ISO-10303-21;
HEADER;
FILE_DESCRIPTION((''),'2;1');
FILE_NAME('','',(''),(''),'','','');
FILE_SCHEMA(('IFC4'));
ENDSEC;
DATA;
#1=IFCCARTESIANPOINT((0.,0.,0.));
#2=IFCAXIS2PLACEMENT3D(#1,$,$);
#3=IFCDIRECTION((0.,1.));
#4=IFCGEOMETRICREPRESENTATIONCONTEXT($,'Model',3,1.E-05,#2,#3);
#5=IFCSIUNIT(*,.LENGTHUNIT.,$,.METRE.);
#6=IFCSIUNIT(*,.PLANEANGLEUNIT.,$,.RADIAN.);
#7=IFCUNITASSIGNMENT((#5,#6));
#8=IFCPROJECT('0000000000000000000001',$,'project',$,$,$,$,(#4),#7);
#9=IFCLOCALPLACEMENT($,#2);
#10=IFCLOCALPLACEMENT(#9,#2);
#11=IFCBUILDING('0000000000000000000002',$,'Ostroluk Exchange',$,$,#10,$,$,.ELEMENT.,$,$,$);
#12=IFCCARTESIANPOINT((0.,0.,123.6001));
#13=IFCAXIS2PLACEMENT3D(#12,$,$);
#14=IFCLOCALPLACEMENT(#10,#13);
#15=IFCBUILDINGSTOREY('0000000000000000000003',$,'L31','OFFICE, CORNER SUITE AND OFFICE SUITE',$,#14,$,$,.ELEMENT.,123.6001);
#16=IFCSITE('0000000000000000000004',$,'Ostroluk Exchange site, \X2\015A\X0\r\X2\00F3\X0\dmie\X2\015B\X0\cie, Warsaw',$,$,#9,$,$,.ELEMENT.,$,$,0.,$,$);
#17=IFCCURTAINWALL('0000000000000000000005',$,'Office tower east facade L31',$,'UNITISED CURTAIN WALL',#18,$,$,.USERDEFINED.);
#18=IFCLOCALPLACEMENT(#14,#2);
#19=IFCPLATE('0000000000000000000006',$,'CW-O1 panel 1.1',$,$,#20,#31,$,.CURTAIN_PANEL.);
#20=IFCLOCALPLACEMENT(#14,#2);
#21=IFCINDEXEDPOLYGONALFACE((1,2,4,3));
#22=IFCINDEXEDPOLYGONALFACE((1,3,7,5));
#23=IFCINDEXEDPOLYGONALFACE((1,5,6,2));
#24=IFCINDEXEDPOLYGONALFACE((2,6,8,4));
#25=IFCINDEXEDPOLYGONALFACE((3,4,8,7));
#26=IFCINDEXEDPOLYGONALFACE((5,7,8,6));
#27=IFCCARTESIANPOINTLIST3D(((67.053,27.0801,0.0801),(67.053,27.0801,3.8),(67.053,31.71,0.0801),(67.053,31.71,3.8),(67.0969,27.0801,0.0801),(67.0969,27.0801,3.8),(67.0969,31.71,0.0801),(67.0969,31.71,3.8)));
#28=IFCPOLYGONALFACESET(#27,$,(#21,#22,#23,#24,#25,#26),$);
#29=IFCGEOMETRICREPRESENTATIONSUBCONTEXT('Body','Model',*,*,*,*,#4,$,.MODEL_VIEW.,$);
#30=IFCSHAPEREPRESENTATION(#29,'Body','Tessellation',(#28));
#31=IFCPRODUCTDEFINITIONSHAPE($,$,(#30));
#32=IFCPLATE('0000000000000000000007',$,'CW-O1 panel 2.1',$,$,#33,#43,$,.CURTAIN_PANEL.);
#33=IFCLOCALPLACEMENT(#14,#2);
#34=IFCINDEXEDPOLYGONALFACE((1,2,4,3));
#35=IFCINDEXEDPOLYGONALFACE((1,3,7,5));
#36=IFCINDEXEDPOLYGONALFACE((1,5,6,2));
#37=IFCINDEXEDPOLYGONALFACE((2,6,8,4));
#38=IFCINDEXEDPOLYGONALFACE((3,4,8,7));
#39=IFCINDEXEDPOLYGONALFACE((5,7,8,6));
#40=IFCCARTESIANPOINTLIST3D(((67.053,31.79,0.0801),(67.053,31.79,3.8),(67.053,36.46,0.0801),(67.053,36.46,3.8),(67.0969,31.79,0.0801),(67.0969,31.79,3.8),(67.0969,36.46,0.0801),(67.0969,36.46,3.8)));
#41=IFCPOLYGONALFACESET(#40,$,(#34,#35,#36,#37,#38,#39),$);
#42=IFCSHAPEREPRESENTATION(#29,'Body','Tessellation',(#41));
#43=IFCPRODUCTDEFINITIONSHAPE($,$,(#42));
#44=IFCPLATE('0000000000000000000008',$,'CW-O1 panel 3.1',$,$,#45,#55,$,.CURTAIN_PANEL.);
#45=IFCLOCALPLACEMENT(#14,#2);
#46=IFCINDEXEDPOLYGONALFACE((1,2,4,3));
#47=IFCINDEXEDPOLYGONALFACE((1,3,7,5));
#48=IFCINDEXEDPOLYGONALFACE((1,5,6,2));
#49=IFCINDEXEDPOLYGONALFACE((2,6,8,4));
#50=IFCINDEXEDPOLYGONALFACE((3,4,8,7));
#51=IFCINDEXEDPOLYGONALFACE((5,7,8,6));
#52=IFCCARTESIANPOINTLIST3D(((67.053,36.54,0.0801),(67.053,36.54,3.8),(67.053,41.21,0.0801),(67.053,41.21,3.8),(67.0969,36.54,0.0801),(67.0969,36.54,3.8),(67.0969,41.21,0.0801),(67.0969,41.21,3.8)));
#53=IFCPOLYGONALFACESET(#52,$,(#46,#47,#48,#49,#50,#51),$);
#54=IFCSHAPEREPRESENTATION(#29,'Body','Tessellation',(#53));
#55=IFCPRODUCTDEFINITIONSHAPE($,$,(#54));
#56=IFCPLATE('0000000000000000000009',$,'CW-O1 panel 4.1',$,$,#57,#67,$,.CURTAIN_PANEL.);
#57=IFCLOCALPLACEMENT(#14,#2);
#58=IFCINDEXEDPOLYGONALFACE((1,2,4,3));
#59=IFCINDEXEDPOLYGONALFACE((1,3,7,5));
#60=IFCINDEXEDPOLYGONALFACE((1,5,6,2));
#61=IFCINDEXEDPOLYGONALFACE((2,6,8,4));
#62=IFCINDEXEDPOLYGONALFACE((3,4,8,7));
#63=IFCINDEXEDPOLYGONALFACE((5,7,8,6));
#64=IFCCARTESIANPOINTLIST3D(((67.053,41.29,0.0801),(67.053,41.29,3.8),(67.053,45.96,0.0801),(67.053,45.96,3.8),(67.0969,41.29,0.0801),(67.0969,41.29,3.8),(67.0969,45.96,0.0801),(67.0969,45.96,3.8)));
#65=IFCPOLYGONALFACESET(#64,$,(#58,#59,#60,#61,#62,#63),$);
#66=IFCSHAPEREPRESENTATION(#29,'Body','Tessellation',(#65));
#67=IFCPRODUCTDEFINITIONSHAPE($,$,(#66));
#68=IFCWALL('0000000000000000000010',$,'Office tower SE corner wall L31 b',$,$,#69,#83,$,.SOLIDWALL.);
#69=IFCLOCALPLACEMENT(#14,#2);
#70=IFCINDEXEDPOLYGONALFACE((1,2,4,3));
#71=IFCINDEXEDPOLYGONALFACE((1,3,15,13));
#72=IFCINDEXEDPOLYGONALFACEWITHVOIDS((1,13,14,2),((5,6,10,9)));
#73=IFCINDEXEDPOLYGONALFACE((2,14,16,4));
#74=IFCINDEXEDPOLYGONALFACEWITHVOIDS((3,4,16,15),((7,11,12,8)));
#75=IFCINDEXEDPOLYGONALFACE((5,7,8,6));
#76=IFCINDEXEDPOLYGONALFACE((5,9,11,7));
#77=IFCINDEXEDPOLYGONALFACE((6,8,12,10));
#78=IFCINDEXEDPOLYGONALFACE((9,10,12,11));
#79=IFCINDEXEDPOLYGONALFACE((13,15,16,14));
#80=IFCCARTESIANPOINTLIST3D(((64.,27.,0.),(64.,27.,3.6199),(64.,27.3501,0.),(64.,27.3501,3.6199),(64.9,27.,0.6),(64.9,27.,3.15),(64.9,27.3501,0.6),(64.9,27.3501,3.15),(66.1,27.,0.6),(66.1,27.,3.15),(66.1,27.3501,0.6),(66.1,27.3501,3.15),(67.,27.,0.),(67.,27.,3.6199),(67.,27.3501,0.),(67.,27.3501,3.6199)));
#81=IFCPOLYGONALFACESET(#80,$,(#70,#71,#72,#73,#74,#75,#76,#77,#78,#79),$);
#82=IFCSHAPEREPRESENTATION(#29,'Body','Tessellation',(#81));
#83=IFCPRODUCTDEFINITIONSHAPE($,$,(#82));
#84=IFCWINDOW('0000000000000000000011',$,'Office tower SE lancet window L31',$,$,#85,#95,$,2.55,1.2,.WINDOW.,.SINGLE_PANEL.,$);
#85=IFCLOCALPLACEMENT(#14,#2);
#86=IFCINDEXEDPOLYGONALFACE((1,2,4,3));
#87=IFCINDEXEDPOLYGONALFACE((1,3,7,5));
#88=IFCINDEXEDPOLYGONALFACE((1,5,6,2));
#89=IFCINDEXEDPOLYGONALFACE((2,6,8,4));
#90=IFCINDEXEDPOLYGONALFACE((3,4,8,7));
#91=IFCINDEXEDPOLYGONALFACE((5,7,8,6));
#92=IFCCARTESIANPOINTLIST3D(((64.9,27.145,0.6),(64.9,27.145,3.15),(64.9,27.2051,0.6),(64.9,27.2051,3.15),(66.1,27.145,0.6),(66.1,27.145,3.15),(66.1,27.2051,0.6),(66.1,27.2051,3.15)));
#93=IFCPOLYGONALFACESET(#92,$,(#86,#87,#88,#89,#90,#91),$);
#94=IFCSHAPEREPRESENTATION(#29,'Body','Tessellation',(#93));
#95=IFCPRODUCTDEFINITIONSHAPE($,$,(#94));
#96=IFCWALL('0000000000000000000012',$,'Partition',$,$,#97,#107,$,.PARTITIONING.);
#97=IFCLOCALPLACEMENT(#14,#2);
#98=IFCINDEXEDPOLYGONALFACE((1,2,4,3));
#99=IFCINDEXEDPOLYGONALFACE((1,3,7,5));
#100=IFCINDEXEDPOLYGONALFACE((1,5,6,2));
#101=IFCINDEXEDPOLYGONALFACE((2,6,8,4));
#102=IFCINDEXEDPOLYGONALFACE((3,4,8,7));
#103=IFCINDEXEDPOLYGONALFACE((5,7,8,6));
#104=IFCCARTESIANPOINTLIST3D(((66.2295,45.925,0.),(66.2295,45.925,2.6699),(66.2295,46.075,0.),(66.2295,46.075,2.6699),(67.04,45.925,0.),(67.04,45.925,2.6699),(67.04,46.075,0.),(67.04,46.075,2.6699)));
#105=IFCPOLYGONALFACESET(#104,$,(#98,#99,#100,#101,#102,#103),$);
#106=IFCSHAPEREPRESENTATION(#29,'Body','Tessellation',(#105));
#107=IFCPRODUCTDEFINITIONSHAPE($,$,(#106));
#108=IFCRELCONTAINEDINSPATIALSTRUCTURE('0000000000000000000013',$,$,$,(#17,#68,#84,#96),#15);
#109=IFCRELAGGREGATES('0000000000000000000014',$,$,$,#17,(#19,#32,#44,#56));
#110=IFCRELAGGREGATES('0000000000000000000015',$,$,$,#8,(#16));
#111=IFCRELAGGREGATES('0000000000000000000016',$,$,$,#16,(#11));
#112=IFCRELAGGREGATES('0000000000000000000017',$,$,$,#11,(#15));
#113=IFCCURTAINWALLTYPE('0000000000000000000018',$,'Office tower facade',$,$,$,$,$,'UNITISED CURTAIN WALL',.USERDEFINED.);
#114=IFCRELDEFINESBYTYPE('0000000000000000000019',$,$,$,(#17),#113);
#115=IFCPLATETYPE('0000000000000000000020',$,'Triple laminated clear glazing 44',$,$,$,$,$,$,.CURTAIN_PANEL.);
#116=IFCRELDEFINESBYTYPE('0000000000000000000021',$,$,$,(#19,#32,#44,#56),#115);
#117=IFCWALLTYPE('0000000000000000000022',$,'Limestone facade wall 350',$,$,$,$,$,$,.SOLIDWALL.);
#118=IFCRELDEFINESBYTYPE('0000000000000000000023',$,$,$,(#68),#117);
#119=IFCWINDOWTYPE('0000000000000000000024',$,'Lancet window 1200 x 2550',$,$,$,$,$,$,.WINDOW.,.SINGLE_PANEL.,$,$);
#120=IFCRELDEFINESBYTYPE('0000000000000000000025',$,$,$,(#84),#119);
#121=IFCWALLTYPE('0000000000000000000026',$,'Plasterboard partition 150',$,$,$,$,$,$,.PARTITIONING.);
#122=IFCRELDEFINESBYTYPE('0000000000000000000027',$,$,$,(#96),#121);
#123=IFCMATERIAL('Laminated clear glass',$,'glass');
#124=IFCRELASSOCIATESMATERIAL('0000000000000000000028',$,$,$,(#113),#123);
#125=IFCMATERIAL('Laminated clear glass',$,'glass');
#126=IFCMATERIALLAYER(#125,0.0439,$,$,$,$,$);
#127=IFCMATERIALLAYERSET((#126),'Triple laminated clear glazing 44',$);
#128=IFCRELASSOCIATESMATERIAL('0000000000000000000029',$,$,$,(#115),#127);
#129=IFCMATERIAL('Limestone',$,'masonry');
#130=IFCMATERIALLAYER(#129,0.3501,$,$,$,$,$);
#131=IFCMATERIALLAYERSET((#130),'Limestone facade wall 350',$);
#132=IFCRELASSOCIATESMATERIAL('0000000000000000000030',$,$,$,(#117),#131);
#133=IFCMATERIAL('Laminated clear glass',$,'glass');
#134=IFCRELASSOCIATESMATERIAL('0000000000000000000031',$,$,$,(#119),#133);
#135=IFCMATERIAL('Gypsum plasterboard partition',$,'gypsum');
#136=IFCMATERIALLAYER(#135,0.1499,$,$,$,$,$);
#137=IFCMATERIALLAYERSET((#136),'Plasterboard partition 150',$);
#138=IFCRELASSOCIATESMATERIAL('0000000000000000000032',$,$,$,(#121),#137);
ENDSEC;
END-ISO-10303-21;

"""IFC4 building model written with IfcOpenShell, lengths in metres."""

from ifc_helpers import new_model, si_unit, direction, frame, frame_2d, origin, origin_2d, place, context, subcontext, project, spatial, rectangle, extrude, material, layer, layer_set, type_object, element, fill, aggregate, save


model = new_model("IFC4")

# Units and contexts
model_context = context("Model", 3, precision=1e-05, world=origin(), true_north=direction((0.0, 1.0)))
body_context = subcontext(model_context, "Body", "Model", "MODEL_VIEW")
ifc_project = project(units=[si_unit("LENGTHUNIT", "METRE"), si_unit("PLANEANGLEUNIT", "RADIAN")], contexts=[model_context])

# Site, building, storey
site_placement = place(None, origin())
site = spatial("IfcSite", under=ifc_project, at=site_placement, Name="Ostroluk Exchange site, Śródmieście, Warsaw", CompositionType="ELEMENT", RefElevation=0.0)
building_placement = place(site_placement, origin())
building = spatial("IfcBuilding", under=site, at=building_placement, Name="Ostroluk Exchange", CompositionType="ELEMENT")
storey_placement = place(building_placement, frame((0.0, 0.0, 123.6001)))
storey = spatial("IfcBuildingStorey", under=building, at=storey_placement, Name="L31", Description="OFFICE, CORNER SUITE AND OFFICE SUITE", CompositionType="ELEMENT", Elevation=123.6001)

# Curtain wall
ifc_material_1 = material(Name="Laminated clear glass", Category="glass")
curtain_wall_type_1 = type_object("IfcCurtainWallType", Name="Office tower facade", ElementType="UNITISED CURTAIN WALL", PredefinedType="USERDEFINED", material=ifc_material_1)
curtain_wall_1_placement = place(storey_placement, origin())
curtain_wall_1 = element("IfcCurtainWall", 1, at=curtain_wall_1_placement, inside=storey, type_object=curtain_wall_type_1, Name="Office tower east facade L31", ObjectType="UNITISED CURTAIN WALL", PredefinedType="USERDEFINED")

# Plates
ifc_material_2 = material(Name="Laminated clear glass", Category="glass")
ifc_layer_1 = layer(ifc_material_2, 0.0439)
ifc_layer_set_1 = layer_set([ifc_layer_1], Name="Triple laminated clear glazing 44")
plate_type_1 = type_object("IfcPlateType", Name="Triple laminated clear glazing 44", PredefinedType="CURTAIN_PANEL", material=ifc_layer_set_1)
plate_1_placement = place(storey_placement, frame((67.075, 29.395, 0.0801), z_axis=(0.0, 0.0, 1.0), x_axis=(0.0, 1.0, 0.0)))
plate_1 = element("IfcPlate", 2, at=plate_1_placement, type_object=plate_type_1, Name="CW-O1 panel 1.1", PredefinedType="CURTAIN_PANEL", context=body_context, shape_type="SweptSolid", body=[
    extrude(rectangle(XDim=4.6299, YDim=0.0439, at=origin_2d()), origin(), (0.0, 0.0, 1.0), 3.72),
])
plate_2_placement = place(storey_placement, frame((67.075, 34.125, 0.0801), z_axis=(0.0, 0.0, 1.0), x_axis=(0.0, 1.0, 0.0)))
plate_2 = element("IfcPlate", 3, at=plate_2_placement, type_object=plate_type_1, Name="CW-O1 panel 2.1", PredefinedType="CURTAIN_PANEL", context=body_context, shape_type="SweptSolid", body=[
    extrude(rectangle(XDim=4.6699, YDim=0.0439, at=origin_2d()), origin(), (0.0, 0.0, 1.0), 3.72),
])
plate_3_placement = place(storey_placement, frame((67.075, 38.875, 0.0801), z_axis=(0.0, 0.0, 1.0), x_axis=(0.0, 1.0, 0.0)))
plate_3 = element("IfcPlate", 4, at=plate_3_placement, type_object=plate_type_1, Name="CW-O1 panel 3.1", PredefinedType="CURTAIN_PANEL", context=body_context, shape_type="SweptSolid", body=[
    extrude(rectangle(XDim=4.6699, YDim=0.0439, at=origin_2d()), origin(), (0.0, 0.0, 1.0), 3.72),
])
plate_4_placement = place(storey_placement, frame((67.075, 43.625, 0.0801), z_axis=(0.0, 0.0, 1.0), x_axis=(0.0, 1.0, 0.0)))
plate_4 = element("IfcPlate", 5, at=plate_4_placement, type_object=plate_type_1, Name="CW-O1 panel 4.1", PredefinedType="CURTAIN_PANEL", context=body_context, shape_type="SweptSolid", body=[
    extrude(rectangle(XDim=4.6699, YDim=0.0439, at=origin_2d()), origin(), (0.0, 0.0, 1.0), 3.72),
])
aggregate(curtain_wall_1, [plate_1, plate_2, plate_3, plate_4])

# Wall, opening, window
ifc_material_3 = material(Name="Limestone", Category="masonry")
ifc_layer_2 = layer(ifc_material_3, 0.3501)
ifc_layer_set_2 = layer_set([ifc_layer_2], Name="Limestone facade wall 350")
wall_type_1 = type_object("IfcWallType", Name="Limestone facade wall 350", PredefinedType="SOLIDWALL", material=ifc_layer_set_2)
wall_1_placement = place(storey_placement, frame((64.0, 27.175, 0.0), z_axis=(0.0, 0.0, 1.0), x_axis=(1.0, 0.0, 0.0)))
wall_1 = element("IfcWall", 6, at=wall_1_placement, inside=storey, type_object=wall_type_1, Name="Office tower SE corner wall L31 b", PredefinedType="SOLIDWALL", context=body_context, shape_type="SweptSolid", body=[
    extrude(rectangle(XDim=3.0, YDim=0.3501, at=frame_2d((1.5, 0.0))), origin(), (0.0, 0.0, 1.0), 3.6199),
])
opening_placement = place(wall_1_placement, frame((0.8999, 0.0, 0.6001)))
opening = element("IfcOpeningElement", 7, at=opening_placement, cuts=wall_1, PredefinedType="OPENING", context=body_context, shape_type="SweptSolid", body=[
    extrude(rectangle(XDim=1.2, YDim=2.55, at=frame_2d((0.6001, 1.2749))), frame((0.0, 0.1851, 0.0), z_axis=(0.0, -1.0, 0.0), x_axis=(1.0, 0.0, 0.0)), (0.0, 0.0, 1.0), 0.3701),
])
ifc_material_4 = material(Name="Laminated clear glass", Category="glass")
window_type = type_object("IfcWindowType", Name="Lancet window 1200 x 2550", PartitioningType="SINGLE_PANEL", PredefinedType="WINDOW", material=ifc_material_4)
window_placement = place(opening_placement, origin())
window = element("IfcWindow", 8, at=window_placement, inside=storey, type_object=window_type, Name="Office tower SE lancet window L31", OverallHeight=2.55, OverallWidth=1.2, PartitioningType="SINGLE_PANEL", PredefinedType="WINDOW", context=body_context, shape_type="SweptSolid", body=[
    extrude(rectangle(XDim=1.2, YDim=2.55, at=frame_2d((0.6001, 1.2749))), frame((0.0, 0.03, 0.0), z_axis=(0.0, -1.0, 0.0), x_axis=(1.0, 0.0, 0.0)), (0.0, 0.0, 1.0), 0.0601),
])
fill(opening, window)

# Wall
ifc_material_5 = material(Name="Gypsum plasterboard partition", Category="gypsum")
ifc_layer_3 = layer(ifc_material_5, 0.1499)
ifc_layer_set_3 = layer_set([ifc_layer_3], Name="Plasterboard partition 150")
wall_type_2 = type_object("IfcWallType", Name="Plasterboard partition 150", PredefinedType="PARTITIONING", material=ifc_layer_set_3)
wall_2_placement = place(storey_placement, frame((66.2295, 46.0, 0.0), z_axis=(0.0, 0.0, 1.0), x_axis=(1.0, 0.0, 0.0)))
element("IfcWall", 9, at=wall_2_placement, inside=storey, type_object=wall_type_2, Name="Partition", PredefinedType="PARTITIONING", context=body_context, shape_type="SweptSolid", body=[
    extrude(rectangle(XDim=0.8105, YDim=0.1499, at=frame_2d((0.4053, 0.0))), origin(), (0.0, 0.0, 1.0), 2.6699),
])

save(model, "model.ifc")
